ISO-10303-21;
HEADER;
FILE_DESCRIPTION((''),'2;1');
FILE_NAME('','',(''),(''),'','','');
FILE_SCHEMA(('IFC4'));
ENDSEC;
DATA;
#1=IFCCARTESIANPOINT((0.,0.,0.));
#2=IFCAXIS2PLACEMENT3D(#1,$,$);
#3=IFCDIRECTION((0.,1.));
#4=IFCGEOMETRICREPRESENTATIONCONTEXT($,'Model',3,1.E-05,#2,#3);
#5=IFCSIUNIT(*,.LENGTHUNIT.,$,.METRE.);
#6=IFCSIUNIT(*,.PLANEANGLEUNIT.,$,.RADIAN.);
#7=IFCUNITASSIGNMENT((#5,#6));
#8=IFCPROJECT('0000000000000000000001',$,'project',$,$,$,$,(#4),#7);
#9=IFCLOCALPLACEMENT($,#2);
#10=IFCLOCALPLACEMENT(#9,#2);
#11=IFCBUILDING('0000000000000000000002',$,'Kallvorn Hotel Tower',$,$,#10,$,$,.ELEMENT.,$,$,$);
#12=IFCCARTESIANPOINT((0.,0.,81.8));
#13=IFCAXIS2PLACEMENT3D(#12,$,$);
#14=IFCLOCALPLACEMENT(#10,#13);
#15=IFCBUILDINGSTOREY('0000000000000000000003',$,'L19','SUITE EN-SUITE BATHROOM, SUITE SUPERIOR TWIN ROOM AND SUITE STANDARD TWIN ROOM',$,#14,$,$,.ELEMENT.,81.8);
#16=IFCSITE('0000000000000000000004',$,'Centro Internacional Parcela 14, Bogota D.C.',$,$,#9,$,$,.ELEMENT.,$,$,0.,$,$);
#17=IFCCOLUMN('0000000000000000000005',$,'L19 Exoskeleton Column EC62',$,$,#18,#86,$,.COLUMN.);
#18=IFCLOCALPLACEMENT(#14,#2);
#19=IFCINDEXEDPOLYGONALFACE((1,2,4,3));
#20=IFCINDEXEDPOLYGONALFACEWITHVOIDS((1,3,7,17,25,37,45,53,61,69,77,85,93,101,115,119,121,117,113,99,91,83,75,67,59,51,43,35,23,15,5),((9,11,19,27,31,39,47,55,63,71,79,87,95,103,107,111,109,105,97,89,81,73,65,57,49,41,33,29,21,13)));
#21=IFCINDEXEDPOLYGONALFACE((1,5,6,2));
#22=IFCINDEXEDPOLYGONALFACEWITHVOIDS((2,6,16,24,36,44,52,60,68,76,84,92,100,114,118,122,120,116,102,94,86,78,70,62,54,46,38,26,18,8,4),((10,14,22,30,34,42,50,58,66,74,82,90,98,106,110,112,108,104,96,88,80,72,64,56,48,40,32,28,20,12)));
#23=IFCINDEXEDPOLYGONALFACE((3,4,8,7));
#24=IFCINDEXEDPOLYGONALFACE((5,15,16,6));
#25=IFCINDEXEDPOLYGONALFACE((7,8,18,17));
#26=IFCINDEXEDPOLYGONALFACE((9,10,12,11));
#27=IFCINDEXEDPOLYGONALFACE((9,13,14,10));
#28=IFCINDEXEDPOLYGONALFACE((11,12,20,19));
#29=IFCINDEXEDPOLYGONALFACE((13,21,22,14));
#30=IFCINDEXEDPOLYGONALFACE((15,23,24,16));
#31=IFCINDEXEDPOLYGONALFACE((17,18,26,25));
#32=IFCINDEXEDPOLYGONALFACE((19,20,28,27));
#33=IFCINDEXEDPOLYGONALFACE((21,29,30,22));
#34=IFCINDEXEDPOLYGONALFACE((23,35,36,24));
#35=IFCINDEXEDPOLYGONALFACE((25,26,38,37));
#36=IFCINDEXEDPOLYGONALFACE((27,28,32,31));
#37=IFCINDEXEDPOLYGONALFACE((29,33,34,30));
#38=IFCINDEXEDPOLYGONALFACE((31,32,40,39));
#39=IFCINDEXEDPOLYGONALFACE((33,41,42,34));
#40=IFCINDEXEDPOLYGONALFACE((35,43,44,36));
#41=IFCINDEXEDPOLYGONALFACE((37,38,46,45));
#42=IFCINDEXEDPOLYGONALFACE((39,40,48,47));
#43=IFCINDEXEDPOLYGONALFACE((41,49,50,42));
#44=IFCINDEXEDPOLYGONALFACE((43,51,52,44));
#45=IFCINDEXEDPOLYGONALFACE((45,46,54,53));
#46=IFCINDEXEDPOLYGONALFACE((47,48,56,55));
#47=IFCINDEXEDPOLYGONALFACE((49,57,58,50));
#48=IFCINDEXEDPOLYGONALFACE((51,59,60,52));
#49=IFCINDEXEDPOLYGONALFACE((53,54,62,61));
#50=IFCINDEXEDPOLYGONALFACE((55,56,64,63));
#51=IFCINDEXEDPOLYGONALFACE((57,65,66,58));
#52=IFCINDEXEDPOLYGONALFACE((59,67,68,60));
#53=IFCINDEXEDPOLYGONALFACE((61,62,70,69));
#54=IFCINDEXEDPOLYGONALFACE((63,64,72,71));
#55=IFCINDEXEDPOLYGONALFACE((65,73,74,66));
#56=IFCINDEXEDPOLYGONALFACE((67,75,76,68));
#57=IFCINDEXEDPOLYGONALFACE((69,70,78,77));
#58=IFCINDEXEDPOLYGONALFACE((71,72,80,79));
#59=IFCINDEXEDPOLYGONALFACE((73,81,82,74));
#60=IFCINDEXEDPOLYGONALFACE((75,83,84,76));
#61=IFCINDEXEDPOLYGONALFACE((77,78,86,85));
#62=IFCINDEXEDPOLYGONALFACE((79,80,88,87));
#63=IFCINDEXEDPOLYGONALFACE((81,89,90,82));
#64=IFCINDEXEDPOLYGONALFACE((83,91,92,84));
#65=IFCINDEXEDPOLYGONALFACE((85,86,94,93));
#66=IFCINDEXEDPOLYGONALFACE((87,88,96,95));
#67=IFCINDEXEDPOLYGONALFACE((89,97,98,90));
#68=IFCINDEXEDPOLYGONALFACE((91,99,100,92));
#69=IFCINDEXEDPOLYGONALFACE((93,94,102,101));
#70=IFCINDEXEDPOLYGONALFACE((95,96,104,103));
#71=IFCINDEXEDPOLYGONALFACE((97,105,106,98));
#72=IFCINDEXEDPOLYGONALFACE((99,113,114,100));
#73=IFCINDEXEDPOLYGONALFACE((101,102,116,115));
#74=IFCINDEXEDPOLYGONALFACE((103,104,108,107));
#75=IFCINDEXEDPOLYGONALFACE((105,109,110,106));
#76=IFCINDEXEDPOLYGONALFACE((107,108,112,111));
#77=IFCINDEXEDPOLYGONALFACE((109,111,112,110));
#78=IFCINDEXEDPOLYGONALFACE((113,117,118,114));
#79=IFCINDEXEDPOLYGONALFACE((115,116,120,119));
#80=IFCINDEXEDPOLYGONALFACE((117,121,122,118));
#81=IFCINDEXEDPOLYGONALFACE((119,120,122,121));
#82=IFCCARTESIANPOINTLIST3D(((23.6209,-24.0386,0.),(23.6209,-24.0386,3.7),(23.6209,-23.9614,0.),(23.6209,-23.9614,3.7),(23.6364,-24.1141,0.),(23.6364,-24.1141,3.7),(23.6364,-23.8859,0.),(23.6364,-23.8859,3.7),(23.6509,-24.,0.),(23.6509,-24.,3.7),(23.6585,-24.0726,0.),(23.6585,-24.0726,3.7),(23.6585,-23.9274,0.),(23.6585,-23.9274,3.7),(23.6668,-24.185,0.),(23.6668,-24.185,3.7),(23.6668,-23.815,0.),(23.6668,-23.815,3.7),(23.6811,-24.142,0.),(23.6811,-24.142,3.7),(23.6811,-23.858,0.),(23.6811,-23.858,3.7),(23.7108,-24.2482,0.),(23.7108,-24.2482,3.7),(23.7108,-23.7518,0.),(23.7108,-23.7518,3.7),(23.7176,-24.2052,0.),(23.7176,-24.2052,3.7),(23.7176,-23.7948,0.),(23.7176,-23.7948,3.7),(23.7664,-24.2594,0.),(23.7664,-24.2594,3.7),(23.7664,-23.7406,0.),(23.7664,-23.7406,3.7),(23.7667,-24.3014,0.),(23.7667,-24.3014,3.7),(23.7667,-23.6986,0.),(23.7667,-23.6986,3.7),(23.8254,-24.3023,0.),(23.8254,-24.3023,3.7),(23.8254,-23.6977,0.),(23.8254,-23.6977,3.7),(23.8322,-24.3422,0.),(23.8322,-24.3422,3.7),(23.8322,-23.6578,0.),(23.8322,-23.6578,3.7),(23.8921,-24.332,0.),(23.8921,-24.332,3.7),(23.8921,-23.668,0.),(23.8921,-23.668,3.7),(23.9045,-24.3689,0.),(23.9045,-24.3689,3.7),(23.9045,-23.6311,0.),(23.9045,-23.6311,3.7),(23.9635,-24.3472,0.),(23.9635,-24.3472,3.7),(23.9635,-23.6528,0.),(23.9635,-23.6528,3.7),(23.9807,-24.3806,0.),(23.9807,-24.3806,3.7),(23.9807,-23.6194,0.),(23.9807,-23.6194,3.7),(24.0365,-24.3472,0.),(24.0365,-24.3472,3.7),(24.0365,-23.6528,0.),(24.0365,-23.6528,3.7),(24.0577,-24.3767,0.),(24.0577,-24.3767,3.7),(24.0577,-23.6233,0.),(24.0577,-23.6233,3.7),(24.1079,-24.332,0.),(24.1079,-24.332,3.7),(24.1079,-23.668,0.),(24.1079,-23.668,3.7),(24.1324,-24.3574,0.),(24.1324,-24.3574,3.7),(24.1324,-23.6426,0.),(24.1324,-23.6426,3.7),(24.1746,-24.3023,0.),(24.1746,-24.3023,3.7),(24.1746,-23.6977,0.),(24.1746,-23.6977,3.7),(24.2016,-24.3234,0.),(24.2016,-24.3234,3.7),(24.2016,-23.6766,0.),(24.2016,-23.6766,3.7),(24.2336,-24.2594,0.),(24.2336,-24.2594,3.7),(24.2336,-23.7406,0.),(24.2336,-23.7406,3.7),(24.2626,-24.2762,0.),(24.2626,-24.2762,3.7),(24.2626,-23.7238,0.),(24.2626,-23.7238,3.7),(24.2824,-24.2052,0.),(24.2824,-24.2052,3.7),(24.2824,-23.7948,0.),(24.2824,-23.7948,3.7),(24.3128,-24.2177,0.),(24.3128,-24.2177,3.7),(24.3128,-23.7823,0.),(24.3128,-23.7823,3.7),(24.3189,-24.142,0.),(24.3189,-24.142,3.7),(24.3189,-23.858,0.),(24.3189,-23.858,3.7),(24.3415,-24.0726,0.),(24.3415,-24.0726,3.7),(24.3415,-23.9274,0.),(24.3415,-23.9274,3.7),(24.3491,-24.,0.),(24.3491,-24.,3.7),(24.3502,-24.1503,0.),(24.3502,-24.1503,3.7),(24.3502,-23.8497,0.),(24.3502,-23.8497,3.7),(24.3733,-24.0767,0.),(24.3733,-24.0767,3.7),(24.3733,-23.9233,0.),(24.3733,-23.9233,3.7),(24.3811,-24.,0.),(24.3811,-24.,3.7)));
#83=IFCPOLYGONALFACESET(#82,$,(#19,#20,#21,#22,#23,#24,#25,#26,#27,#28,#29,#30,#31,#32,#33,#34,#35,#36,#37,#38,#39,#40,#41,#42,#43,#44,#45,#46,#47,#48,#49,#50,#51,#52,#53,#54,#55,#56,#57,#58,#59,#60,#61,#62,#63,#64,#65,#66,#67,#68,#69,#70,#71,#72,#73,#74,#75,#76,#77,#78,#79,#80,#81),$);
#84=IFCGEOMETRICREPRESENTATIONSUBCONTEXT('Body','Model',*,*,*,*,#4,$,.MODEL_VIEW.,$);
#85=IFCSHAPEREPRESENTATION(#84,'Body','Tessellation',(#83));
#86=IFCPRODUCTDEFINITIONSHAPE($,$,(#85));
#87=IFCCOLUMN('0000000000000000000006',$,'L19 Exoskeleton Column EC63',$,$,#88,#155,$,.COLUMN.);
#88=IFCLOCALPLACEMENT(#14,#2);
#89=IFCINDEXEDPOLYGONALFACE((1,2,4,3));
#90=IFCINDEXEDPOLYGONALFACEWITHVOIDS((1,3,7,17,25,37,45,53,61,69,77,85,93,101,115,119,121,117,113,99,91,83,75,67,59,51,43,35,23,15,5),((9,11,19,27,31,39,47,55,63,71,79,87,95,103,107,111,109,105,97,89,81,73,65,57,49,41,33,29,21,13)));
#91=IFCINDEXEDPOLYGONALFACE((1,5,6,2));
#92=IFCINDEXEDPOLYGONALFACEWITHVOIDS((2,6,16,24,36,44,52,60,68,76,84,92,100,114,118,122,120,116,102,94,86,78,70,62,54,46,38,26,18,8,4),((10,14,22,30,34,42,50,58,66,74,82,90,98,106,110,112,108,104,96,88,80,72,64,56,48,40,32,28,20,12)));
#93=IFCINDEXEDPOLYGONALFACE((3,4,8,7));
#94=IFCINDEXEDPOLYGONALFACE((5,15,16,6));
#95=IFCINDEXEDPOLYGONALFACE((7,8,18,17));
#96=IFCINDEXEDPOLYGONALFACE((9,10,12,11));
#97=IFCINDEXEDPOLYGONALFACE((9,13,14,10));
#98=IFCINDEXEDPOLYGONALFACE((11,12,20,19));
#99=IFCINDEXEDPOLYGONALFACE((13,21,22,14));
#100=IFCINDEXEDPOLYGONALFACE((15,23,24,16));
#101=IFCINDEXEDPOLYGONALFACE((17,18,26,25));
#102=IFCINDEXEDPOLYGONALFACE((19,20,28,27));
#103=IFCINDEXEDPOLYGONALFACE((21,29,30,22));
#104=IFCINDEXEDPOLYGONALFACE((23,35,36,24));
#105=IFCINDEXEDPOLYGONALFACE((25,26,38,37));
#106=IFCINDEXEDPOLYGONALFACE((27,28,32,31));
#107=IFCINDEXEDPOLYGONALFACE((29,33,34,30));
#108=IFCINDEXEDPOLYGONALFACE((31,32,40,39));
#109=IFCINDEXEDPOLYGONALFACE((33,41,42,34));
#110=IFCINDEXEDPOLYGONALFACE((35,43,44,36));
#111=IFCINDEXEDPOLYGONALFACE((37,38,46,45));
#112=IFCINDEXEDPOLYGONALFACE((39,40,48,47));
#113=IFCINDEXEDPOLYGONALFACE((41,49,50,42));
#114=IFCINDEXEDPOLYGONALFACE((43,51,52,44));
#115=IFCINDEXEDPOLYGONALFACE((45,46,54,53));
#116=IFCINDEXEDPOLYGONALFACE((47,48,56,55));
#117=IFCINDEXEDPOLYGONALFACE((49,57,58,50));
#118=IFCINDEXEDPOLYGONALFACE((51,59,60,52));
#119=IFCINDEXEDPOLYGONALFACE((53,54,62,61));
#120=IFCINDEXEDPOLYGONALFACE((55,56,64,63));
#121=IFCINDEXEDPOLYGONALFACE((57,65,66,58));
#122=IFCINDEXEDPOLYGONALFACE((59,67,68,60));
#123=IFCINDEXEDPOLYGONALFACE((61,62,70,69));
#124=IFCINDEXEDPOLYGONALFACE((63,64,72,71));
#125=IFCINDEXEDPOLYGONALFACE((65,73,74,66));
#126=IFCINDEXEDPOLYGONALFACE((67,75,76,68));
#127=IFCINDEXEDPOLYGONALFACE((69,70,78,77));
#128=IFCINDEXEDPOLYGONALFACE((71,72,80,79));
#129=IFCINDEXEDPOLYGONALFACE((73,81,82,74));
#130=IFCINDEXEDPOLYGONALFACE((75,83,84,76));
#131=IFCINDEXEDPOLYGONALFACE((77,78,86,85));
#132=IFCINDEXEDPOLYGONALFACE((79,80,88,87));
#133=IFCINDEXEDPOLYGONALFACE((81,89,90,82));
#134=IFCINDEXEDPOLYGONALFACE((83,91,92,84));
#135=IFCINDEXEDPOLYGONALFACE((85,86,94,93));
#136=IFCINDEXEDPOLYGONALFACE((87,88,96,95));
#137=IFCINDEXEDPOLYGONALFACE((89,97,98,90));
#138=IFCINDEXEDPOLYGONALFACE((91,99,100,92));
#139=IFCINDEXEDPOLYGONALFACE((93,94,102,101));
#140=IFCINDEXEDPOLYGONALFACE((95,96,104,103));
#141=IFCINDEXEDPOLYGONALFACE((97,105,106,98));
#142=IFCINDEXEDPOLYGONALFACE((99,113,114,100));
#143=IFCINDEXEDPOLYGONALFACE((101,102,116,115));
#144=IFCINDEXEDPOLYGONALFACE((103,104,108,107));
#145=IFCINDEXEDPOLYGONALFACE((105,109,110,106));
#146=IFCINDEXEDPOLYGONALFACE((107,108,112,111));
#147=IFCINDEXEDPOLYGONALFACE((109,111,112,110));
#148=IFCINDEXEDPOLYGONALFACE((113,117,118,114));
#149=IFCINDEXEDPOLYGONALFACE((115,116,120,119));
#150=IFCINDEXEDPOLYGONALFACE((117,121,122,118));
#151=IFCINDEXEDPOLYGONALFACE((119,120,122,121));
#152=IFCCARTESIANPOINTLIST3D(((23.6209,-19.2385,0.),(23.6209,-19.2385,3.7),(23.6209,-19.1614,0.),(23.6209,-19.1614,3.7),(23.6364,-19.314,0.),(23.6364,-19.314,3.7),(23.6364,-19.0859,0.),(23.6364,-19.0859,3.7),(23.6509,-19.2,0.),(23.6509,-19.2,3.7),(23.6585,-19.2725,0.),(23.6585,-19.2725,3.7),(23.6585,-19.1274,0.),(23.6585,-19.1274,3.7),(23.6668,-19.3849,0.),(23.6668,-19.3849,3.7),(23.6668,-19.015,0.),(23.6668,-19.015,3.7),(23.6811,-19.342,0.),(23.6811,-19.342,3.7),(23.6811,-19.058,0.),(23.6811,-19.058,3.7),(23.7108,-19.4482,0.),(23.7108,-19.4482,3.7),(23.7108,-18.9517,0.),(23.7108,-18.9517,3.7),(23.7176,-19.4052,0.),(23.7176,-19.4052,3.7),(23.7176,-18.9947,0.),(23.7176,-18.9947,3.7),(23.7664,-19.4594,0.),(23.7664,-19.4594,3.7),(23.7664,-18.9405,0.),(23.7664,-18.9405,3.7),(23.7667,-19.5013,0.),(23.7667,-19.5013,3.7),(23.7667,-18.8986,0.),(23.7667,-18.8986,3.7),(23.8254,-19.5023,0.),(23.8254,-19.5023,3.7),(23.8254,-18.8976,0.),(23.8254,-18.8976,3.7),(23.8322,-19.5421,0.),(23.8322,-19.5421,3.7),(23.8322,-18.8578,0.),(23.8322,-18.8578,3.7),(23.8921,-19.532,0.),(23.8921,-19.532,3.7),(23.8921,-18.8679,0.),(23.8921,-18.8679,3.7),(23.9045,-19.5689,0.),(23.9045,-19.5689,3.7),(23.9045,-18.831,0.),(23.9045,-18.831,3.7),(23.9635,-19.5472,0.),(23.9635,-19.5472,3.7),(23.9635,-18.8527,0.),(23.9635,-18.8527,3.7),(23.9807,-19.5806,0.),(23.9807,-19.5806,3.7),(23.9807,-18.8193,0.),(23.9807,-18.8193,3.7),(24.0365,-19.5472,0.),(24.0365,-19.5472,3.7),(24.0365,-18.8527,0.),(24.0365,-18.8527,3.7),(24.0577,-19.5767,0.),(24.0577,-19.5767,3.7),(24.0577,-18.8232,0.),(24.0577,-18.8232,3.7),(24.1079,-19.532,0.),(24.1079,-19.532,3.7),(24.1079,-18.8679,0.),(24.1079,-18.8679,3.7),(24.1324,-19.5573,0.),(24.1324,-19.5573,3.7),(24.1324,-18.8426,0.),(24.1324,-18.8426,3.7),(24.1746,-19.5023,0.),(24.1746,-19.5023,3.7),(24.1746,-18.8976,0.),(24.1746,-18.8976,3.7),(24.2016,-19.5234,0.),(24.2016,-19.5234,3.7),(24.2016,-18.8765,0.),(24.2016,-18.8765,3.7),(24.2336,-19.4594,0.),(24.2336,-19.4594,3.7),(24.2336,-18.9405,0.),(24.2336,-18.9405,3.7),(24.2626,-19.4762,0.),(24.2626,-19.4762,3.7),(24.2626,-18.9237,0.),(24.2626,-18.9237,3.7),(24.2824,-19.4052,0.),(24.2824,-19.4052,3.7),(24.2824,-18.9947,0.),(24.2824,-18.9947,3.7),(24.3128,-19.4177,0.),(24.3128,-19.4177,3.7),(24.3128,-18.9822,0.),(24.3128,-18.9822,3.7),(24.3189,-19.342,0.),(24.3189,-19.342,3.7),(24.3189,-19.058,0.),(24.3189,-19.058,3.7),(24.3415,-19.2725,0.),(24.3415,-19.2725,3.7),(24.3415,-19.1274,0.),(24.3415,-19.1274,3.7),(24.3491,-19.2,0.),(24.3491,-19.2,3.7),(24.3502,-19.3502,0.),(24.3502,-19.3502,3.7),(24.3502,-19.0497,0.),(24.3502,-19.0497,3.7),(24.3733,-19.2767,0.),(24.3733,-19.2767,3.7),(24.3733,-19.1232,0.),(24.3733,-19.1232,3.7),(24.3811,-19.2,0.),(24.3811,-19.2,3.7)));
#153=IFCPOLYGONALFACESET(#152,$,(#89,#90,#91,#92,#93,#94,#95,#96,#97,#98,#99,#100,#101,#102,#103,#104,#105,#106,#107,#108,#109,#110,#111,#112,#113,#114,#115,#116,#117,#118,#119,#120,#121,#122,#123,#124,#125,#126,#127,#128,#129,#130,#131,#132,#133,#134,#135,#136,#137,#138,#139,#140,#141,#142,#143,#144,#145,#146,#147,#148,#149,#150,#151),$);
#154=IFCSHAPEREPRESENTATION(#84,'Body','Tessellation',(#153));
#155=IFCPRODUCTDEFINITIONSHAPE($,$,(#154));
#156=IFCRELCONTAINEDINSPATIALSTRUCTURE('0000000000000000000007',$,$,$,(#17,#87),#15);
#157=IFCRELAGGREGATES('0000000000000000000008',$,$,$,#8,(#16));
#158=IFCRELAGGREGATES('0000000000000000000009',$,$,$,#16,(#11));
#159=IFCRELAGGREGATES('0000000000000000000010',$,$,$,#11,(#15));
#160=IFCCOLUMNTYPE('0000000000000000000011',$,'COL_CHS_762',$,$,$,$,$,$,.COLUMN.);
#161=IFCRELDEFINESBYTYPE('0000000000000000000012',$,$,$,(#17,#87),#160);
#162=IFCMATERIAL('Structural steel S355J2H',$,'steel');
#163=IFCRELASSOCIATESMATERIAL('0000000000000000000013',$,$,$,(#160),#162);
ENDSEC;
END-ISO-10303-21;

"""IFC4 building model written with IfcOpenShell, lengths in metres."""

from ifc_helpers import new_model, si_unit, direction, frame, origin, origin_2d, place, context, subcontext, project, spatial, hollow_circle, extrude, material, material_profile, profile_set, type_object, element, save


model = new_model("IFC4")

# Units and contexts
model_context = context("Model", 3, precision=1e-05, world=origin(), true_north=direction((0.0, 1.0)))
body_context = subcontext(model_context, "Body", "Model", "MODEL_VIEW")
ifc_project = project(units=[si_unit("LENGTHUNIT", "METRE"), si_unit("PLANEANGLEUNIT", "RADIAN")], contexts=[model_context])

# Site, building, storey
site_placement = place(None, origin())
site = spatial("IfcSite", under=ifc_project, at=site_placement, Name="Centro Internacional Parcela 14, Bogota D.C.", CompositionType="ELEMENT", RefElevation=0.0)
building_placement = place(site_placement, origin())
building = spatial("IfcBuilding", under=site, at=building_placement, Name="Kallvorn Hotel Tower", CompositionType="ELEMENT")
storey_placement = place(building_placement, frame((0.0, 0.0, 81.8)))
storey = spatial("IfcBuildingStorey", under=building, at=storey_placement, Name="L19", Description="SUITE EN-SUITE BATHROOM, SUITE SUPERIOR TWIN ROOM AND SUITE STANDARD TWIN ROOM", CompositionType="ELEMENT", Elevation=81.8)

# Columns
ifc_material_1 = material(Name="Structural steel S355J2H", Category="steel")
ifc_material_profile_1 = material_profile(ifc_material_1, hollow_circle(Radius=0.3811, WallThickness=0.032, at=origin_2d()), Name="CHS 762x32")
ifc_profile_set_1 = profile_set([ifc_material_profile_1], Name="Structural steel S355J2H")
column_type = type_object("IfcColumnType", Name="COL_CHS_762", PredefinedType="COLUMN", material=ifc_profile_set_1)
for number, where, z_axis, x_axis, name in (
    (1, (24.0, -24.0, 0.0), (0.0, 0.0, 1.0), (1.0, 0.0, 0.0), "L19 Exoskeleton Column EC62"),
    (2, (24.0, -19.2, 0.0), (0.0, 0.0, 1.0), (1.0, 0.0, 0.0), "L19 Exoskeleton Column EC63"),
):
    element("IfcColumn", number, at=place(storey_placement, frame(where, z_axis=z_axis, x_axis=x_axis)), inside=storey, type_object=column_type, Name=name, PredefinedType="COLUMN", context=body_context, shape_type="SweptSolid", body=[
        extrude(hollow_circle(Radius=0.3811, WallThickness=0.032, at=origin_2d()), origin(), (0.0, 0.0, 1.0), 3.7),
    ])

save(model, "model.ifc")
